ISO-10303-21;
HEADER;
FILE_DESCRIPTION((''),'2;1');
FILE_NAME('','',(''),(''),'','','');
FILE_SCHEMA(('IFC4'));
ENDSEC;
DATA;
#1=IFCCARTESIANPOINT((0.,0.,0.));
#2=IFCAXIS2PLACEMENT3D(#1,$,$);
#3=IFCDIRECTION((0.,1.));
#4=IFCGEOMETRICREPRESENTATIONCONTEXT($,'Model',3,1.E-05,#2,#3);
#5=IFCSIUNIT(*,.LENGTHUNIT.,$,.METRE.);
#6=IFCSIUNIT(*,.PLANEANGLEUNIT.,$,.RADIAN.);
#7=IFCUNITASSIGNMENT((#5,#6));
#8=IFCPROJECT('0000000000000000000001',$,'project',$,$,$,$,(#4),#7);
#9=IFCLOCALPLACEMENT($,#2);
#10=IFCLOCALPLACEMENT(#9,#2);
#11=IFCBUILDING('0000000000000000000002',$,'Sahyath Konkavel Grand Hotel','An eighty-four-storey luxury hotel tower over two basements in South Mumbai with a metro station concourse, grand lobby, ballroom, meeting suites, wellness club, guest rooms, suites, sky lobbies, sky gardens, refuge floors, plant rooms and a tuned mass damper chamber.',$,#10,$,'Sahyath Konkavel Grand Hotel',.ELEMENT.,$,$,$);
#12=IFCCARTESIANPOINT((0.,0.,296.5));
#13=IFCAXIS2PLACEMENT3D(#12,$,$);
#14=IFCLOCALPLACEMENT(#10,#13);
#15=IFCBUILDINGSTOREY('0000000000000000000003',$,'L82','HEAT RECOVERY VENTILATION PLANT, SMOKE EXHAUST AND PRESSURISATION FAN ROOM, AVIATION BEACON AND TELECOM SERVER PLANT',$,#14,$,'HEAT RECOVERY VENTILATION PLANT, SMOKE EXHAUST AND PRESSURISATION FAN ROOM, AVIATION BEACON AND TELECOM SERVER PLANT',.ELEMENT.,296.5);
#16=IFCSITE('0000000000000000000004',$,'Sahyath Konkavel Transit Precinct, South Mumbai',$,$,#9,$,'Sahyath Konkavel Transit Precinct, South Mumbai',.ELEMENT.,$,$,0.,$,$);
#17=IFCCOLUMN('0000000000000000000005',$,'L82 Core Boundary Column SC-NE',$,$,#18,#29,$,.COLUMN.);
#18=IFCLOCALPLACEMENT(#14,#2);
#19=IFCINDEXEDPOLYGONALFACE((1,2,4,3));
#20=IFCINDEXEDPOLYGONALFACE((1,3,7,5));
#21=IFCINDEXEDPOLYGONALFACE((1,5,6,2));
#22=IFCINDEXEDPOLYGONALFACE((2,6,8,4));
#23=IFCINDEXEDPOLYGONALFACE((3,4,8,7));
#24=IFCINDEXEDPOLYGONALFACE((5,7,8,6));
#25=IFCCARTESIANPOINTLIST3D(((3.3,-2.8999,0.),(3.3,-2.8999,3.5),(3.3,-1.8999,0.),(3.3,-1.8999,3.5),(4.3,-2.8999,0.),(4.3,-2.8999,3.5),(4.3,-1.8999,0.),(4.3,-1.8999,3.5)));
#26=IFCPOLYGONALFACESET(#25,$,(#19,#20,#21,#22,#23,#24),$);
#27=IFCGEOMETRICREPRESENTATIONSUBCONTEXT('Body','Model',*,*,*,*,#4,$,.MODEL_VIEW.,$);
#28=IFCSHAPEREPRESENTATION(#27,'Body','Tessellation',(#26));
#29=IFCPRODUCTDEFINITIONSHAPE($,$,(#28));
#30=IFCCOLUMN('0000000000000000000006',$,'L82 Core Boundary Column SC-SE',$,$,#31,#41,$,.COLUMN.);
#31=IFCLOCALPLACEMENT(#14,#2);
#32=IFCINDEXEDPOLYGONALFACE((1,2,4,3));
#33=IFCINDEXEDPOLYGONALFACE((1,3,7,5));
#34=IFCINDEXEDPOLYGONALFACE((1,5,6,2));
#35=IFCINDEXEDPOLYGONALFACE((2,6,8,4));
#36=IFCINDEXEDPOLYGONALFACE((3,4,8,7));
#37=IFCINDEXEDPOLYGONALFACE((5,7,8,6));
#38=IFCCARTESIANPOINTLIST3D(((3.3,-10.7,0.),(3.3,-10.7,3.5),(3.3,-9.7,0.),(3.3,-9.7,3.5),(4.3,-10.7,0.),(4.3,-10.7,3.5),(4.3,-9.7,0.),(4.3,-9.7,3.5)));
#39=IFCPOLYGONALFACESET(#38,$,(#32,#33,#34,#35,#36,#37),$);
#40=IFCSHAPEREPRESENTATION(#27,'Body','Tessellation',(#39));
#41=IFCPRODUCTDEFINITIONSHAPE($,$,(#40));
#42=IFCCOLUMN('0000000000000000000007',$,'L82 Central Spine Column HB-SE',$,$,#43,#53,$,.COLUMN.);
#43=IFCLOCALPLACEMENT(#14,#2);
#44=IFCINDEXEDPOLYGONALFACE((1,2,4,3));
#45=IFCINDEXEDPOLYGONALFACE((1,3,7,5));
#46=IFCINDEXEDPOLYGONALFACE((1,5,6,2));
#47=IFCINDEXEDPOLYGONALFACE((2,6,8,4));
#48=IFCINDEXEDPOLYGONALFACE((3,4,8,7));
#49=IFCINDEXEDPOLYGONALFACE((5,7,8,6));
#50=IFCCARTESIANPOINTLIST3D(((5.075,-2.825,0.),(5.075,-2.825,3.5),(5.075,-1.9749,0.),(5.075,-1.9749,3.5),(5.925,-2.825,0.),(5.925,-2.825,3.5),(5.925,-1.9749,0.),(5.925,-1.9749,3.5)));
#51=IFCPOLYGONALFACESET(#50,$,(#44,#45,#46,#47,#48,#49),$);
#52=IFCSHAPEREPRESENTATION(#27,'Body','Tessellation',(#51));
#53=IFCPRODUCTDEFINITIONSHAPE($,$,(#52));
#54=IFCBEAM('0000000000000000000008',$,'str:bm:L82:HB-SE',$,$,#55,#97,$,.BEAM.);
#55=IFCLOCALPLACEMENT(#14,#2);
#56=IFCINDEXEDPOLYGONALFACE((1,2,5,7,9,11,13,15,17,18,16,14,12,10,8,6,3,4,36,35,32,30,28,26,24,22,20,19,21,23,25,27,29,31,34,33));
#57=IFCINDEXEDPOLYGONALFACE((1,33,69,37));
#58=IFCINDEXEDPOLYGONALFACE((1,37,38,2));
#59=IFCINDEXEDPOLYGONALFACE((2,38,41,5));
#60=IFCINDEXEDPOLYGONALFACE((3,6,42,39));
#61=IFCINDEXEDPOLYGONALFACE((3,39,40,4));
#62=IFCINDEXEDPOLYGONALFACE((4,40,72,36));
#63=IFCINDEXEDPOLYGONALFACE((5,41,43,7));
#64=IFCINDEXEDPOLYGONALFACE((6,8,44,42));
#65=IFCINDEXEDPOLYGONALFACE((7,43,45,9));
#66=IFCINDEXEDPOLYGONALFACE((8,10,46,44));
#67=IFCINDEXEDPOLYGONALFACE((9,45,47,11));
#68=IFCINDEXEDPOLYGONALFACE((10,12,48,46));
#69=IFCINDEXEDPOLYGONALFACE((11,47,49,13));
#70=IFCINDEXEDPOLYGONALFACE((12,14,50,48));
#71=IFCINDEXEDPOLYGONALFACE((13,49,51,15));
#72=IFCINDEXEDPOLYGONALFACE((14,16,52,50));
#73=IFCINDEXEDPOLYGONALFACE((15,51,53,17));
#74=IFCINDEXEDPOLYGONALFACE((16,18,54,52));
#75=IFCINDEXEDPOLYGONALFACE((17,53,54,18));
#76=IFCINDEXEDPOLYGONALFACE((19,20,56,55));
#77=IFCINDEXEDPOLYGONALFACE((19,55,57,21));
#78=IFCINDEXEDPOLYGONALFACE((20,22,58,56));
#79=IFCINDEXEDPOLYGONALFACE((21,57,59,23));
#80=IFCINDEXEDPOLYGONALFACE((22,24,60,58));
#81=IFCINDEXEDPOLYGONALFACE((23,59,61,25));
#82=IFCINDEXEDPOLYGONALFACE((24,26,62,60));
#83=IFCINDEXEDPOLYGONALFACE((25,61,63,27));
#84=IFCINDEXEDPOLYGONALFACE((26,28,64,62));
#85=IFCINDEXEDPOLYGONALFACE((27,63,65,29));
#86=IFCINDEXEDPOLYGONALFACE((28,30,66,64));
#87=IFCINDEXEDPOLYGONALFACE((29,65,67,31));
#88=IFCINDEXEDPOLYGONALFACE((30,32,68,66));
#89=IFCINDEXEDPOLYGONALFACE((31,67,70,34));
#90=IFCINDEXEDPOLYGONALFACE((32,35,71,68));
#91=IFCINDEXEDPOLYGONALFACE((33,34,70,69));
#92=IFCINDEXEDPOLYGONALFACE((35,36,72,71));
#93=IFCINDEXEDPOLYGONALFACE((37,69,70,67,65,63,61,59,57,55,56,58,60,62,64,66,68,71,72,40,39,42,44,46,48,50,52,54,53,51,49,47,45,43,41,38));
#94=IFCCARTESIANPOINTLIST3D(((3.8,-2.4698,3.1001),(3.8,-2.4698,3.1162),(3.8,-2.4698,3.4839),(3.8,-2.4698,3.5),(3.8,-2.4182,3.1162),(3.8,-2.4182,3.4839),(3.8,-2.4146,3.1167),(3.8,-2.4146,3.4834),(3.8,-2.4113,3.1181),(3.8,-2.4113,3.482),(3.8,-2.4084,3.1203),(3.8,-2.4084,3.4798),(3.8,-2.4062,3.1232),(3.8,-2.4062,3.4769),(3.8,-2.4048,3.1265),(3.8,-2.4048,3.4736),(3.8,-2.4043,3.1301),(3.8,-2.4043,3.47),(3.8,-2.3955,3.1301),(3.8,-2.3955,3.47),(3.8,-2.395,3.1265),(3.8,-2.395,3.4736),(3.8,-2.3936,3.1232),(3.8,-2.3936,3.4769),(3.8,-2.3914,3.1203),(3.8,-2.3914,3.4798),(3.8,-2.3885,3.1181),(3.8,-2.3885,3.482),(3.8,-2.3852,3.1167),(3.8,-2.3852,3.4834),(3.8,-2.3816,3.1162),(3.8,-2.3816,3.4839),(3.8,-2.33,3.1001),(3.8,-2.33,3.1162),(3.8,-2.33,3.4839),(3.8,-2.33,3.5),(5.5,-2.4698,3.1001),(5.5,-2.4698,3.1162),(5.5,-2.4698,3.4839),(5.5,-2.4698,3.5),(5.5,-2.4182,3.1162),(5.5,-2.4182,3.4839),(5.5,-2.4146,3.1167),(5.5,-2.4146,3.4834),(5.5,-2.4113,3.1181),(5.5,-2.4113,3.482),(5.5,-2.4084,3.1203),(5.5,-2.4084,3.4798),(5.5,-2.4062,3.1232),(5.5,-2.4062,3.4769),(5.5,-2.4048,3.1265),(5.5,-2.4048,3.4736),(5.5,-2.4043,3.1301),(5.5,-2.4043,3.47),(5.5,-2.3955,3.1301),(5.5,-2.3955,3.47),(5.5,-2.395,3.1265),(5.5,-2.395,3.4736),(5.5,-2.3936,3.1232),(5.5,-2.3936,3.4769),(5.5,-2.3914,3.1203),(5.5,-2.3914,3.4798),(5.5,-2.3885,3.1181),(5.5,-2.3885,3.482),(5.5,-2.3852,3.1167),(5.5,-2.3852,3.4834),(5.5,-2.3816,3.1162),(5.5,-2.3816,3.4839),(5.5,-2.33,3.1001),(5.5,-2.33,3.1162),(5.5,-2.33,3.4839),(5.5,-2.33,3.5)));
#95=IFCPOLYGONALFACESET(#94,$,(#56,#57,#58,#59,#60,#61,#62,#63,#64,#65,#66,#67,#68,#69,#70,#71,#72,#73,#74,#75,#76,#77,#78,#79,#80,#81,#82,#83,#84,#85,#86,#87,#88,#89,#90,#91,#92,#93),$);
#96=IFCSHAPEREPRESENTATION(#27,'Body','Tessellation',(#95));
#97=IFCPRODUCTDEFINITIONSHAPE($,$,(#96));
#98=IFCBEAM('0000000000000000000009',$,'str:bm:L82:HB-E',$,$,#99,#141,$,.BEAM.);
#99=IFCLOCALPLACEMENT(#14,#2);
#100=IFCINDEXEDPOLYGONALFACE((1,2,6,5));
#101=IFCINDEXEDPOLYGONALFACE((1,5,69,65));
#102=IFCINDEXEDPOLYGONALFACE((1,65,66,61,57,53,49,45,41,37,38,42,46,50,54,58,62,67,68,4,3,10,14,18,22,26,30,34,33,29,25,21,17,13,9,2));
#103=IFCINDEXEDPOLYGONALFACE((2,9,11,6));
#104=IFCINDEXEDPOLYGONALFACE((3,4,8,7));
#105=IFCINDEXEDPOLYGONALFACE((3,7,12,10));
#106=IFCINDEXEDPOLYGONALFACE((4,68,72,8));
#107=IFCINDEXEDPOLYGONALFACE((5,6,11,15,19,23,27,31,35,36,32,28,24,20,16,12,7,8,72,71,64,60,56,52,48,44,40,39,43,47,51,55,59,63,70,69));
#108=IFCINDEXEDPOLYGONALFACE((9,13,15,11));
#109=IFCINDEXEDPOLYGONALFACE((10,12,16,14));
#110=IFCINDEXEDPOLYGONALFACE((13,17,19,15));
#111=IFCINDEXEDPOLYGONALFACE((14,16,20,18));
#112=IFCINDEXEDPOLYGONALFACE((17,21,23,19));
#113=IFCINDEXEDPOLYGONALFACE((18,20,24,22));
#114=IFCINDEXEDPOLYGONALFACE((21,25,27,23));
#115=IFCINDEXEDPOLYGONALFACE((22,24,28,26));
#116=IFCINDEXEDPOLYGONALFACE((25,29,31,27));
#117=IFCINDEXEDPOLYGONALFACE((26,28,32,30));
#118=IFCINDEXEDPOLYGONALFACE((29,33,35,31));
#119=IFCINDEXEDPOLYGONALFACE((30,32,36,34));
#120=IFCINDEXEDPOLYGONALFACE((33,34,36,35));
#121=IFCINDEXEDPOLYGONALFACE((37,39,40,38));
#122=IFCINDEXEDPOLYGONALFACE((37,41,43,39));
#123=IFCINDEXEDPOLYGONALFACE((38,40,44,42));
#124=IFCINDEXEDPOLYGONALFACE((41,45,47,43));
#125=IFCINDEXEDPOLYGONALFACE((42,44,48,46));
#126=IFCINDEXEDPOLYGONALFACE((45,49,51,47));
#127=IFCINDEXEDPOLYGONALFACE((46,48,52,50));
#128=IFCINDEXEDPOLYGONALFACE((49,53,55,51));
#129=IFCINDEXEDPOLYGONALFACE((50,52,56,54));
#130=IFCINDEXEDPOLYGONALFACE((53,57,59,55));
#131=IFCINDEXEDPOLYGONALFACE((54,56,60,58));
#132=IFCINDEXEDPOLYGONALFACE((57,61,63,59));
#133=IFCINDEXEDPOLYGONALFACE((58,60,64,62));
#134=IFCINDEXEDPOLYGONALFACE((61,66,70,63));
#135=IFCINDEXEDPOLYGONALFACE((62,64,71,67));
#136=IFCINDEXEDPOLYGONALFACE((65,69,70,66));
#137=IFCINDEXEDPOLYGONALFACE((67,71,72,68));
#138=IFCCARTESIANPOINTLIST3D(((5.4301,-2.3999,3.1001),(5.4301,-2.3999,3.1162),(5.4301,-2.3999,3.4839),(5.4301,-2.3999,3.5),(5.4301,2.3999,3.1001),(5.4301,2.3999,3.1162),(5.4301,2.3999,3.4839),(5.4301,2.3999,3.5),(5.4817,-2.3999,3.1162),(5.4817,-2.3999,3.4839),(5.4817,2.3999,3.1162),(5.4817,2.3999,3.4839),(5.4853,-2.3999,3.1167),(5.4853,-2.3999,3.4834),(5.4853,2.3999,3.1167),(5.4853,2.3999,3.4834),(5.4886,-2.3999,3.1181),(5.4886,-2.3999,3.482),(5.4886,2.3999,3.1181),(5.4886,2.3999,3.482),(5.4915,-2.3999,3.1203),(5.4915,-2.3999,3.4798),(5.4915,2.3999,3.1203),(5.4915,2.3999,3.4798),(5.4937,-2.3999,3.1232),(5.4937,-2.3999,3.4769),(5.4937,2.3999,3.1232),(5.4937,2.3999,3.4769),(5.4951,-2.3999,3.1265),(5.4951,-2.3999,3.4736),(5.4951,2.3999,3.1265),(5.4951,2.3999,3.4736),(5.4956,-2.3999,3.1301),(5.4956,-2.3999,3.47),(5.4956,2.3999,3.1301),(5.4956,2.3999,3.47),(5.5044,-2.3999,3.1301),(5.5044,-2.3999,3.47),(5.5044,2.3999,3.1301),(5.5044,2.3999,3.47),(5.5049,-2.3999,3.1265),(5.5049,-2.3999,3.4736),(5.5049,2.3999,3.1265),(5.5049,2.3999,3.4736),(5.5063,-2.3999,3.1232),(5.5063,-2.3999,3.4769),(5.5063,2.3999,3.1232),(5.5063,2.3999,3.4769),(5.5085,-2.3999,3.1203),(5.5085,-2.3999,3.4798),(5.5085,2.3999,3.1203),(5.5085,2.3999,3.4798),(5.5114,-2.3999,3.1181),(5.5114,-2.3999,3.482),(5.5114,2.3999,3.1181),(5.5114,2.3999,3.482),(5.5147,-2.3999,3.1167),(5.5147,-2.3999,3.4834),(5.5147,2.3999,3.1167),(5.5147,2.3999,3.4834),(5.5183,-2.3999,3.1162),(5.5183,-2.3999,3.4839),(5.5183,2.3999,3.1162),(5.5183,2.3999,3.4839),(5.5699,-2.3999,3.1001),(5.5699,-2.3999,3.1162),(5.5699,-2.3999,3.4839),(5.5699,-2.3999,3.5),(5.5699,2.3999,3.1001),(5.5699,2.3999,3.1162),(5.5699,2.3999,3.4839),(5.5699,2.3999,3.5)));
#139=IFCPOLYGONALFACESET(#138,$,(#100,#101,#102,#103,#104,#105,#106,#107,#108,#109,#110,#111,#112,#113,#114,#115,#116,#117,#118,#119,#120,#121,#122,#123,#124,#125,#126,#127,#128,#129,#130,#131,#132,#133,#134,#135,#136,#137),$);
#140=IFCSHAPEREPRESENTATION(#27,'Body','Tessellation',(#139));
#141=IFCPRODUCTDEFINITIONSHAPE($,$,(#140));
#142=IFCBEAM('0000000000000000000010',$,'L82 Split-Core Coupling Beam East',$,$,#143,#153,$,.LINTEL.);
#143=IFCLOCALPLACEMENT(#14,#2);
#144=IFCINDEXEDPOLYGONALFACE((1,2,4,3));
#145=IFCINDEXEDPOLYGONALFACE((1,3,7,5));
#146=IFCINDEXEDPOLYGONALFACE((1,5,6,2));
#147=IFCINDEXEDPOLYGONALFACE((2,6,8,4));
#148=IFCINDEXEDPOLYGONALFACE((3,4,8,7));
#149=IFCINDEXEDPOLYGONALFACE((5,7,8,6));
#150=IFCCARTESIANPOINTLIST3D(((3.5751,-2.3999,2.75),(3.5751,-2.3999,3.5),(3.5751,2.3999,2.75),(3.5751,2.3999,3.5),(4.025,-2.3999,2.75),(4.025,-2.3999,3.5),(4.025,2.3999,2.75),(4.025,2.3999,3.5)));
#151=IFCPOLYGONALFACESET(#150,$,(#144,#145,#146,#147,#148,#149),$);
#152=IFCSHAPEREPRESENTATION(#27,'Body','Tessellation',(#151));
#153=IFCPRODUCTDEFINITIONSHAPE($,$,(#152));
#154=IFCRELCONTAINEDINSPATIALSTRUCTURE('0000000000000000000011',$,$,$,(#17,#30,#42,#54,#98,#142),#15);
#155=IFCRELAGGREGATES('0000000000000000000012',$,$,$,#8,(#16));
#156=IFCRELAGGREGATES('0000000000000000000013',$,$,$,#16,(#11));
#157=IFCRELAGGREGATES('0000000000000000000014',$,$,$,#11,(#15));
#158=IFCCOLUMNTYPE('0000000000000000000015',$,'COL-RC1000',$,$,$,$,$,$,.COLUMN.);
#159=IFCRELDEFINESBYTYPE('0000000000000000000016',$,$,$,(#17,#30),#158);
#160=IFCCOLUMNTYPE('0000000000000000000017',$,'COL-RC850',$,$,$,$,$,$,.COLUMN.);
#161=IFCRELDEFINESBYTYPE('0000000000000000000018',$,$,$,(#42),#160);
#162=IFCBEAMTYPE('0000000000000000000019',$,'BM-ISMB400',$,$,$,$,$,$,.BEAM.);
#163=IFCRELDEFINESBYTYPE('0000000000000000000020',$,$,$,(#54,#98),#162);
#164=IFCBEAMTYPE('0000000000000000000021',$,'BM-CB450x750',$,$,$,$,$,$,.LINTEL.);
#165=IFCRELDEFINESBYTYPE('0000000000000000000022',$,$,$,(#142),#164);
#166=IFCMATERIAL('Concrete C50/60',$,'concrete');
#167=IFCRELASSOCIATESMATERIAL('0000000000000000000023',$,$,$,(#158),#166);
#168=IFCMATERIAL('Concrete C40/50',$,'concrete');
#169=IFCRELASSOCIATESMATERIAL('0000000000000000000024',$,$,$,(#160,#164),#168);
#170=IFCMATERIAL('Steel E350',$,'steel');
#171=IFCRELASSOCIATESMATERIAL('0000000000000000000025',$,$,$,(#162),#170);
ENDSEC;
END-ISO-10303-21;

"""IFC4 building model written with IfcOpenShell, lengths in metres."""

from ifc_helpers import new_model, si_unit, direction, frame, origin, origin_2d, place, context, subcontext, project, spatial, rectangle, i_section, extrude, source, transform, mapped, material, material_profile, profile_set, type_object, element, save


model = new_model("IFC4")

# Units and contexts
model_context = context("Model", 3, precision=1e-05, world=origin(), true_north=direction((0.0, 1.0)))
body_context = subcontext(model_context, "Body", "Model", "MODEL_VIEW")
ifc_project = project(units=[si_unit("LENGTHUNIT", "METRE"), si_unit("PLANEANGLEUNIT", "RADIAN")], contexts=[model_context])

# Site, building, storey
site_placement = place(None, origin())
site = spatial("IfcSite", under=ifc_project, at=site_placement, Name="Sahyath Konkavel Transit Precinct, South Mumbai", LongName="Sahyath Konkavel Transit Precinct, South Mumbai", CompositionType="ELEMENT", RefElevation=0.0)
building_placement = place(site_placement, origin())
building = spatial("IfcBuilding", under=site, at=building_placement, Name="Sahyath Konkavel Grand Hotel", Description="An eighty-four-storey luxury hotel tower over two basements in South Mumbai with a metro station concourse, grand lobby, ballroom, meeting suites, wellness club, guest rooms, suites, sky lobbies, sky gardens, refuge floors, plant rooms and a tuned mass damper chamber.", LongName="Sahyath Konkavel Grand Hotel", CompositionType="ELEMENT")
storey_placement = place(building_placement, frame((0.0, 0.0, 296.5)))
storey = spatial("IfcBuildingStorey", under=building, at=storey_placement, Name="L82", Description="HEAT RECOVERY VENTILATION PLANT, SMOKE EXHAUST AND PRESSURISATION FAN ROOM, AVIATION BEACON AND TELECOM SERVER PLANT", LongName="HEAT RECOVERY VENTILATION PLANT, SMOKE EXHAUST AND PRESSURISATION FAN ROOM, AVIATION BEACON AND TELECOM SERVER PLANT", CompositionType="ELEMENT", Elevation=296.5)

# Columns
ifc_material_1 = material(Name="Concrete C50/60", Category="concrete")
ifc_material_profile_1 = material_profile(ifc_material_1, rectangle(XDim=1.0, YDim=1.0, at=origin_2d()), Name="RC 1000x1000")
ifc_profile_set_1 = profile_set([ifc_material_profile_1], Name="Concrete C50/60")
column_type_1 = type_object("IfcColumnType", Name="COL-RC1000", PredefinedType="COLUMN", material=ifc_profile_set_1)
shared_shape_1 = source(origin(), body_context, "Body", "SweptSolid", [
    extrude(rectangle(XDim=1.0, YDim=1.0, at=origin_2d()), origin(), (0.0, 0.0, 1.0), 3.5),
])
for number, where, z_axis, x_axis, name in (
    (1, (3.8, -2.3999, 0.0), (0.0, 0.0, 1.0), (1.0, 0.0, 0.0), "L82 Core Boundary Column SC-NE"),
    (2, (3.8, -10.2, 0.0), (0.0, 0.0, 1.0), (1.0, 0.0, 0.0), "L82 Core Boundary Column SC-SE"),
):
    element("IfcColumn", number, at=place(storey_placement, frame(where, z_axis=z_axis, x_axis=x_axis)), inside=storey, type_object=column_type_1, Name=name, PredefinedType="COLUMN", context=body_context, shape_type="MappedRepresentation", body=[
        mapped(shared_shape_1, transform((0.0, 0.0, 0.0), scale=1.0)),
    ])
ifc_material_2 = material(Name="Concrete C40/50", Category="concrete")
ifc_material_profile_2 = material_profile(ifc_material_2, rectangle(XDim=0.8501, YDim=0.8501, at=origin_2d()), Name="RC 850x850")
ifc_profile_set_2 = profile_set([ifc_material_profile_2], Name="Concrete C40/50")
column_type_2 = type_object("IfcColumnType", Name="COL-RC850", PredefinedType="COLUMN", material=ifc_profile_set_2)
shared_shape_2 = source(origin(), body_context, "Body", "SweptSolid", [
    extrude(rectangle(XDim=0.8501, YDim=0.8501, at=origin_2d()), origin(), (0.0, 0.0, 1.0), 3.5),
])
column_placement = place(storey_placement, frame((5.5, -2.3999, 0.0), z_axis=(0.0, 0.0, 1.0), x_axis=(1.0, 0.0, 0.0)))
element("IfcColumn", 3, at=column_placement, inside=storey, type_object=column_type_2, Name="L82 Central Spine Column HB-SE", PredefinedType="COLUMN", context=body_context, shape_type="MappedRepresentation", body=[
    mapped(shared_shape_2, transform((0.0, 0.0, 0.0), scale=1.0)),
])

# Beams
ifc_material_3 = material(Name="Steel E350", Category="steel")
ifc_material_profile_3 = material_profile(ifc_material_3, i_section(OverallWidth=0.1399, OverallDepth=0.3999, WebThickness=0.0088, FlangeThickness=0.0161, FilletRadius=0.0139, at=origin_2d()), Name="ISMB 400")
ifc_profile_set_3 = profile_set([ifc_material_profile_3], Name="Steel E350")
beam_type_1 = type_object("IfcBeamType", Name="BM-ISMB400", PredefinedType="BEAM", material=ifc_profile_set_3)
shared_shape_3 = source(origin(), body_context, "Body", "SweptSolid", [
    extrude(i_section(OverallWidth=0.1399, OverallDepth=0.3999, WebThickness=0.0088, FlangeThickness=0.0161, FilletRadius=0.0139, at=origin_2d()), origin(), (0.0, 0.0, 1.0), 1.7),
])
beam_1_placement = place(storey_placement, frame((3.8, -2.3999, 3.3), z_axis=(1.0, 0.0, 0.0), x_axis=(0.0, 1.0, 0.0)))
element("IfcBeam", 4, at=beam_1_placement, inside=storey, type_object=beam_type_1, Name="str:bm:L82:HB-SE", PredefinedType="BEAM", context=body_context, shape_type="MappedRepresentation", body=[
    mapped(shared_shape_3, transform((0.0, 0.0, 0.0), scale=1.0)),
])
shared_shape_4 = source(origin(), body_context, "Body", "SweptSolid", [
    extrude(i_section(OverallWidth=0.1399, OverallDepth=0.3999, WebThickness=0.0088, FlangeThickness=0.0161, FilletRadius=0.0139, at=origin_2d()), origin(), (0.0, 0.0, 1.0), 4.7998),
])
beam_2_placement = place(storey_placement, frame((5.5, -2.3999, 3.3), z_axis=(0.0, 1.0, 0.0), x_axis=(-1.0, 0.0, 0.0)))
element("IfcBeam", 5, at=beam_2_placement, inside=storey, type_object=beam_type_1, Name="str:bm:L82:HB-E", PredefinedType="BEAM", context=body_context, shape_type="MappedRepresentation", body=[
    mapped(shared_shape_4, transform((0.0, 0.0, 0.0), scale=1.0)),
])
ifc_material_profile_4 = material_profile(ifc_material_2, rectangle(XDim=0.45, YDim=0.75, at=origin_2d()), Name="RC 450x750")
ifc_profile_set_4 = profile_set([ifc_material_profile_4], Name="Concrete C40/50")
beam_type_2 = type_object("IfcBeamType", Name="BM-CB450x750", PredefinedType="LINTEL", material=ifc_profile_set_4)
shared_shape_5 = source(origin(), body_context, "Body", "SweptSolid", [
    extrude(rectangle(XDim=0.45, YDim=0.75, at=origin_2d()), origin(), (0.0, 0.0, 1.0), 4.7998),
])
beam_3_placement = place(storey_placement, frame((3.8, -2.3999, 3.125), z_axis=(0.0, 1.0, 0.0), x_axis=(-1.0, 0.0, 0.0)))
element("IfcBeam", 6, at=beam_3_placement, inside=storey, type_object=beam_type_2, Name="L82 Split-Core Coupling Beam East", PredefinedType="LINTEL", context=body_context, shape_type="MappedRepresentation", body=[
    mapped(shared_shape_5, transform((0.0, 0.0, 0.0), scale=1.0)),
])

save(model, "model.ifc")
